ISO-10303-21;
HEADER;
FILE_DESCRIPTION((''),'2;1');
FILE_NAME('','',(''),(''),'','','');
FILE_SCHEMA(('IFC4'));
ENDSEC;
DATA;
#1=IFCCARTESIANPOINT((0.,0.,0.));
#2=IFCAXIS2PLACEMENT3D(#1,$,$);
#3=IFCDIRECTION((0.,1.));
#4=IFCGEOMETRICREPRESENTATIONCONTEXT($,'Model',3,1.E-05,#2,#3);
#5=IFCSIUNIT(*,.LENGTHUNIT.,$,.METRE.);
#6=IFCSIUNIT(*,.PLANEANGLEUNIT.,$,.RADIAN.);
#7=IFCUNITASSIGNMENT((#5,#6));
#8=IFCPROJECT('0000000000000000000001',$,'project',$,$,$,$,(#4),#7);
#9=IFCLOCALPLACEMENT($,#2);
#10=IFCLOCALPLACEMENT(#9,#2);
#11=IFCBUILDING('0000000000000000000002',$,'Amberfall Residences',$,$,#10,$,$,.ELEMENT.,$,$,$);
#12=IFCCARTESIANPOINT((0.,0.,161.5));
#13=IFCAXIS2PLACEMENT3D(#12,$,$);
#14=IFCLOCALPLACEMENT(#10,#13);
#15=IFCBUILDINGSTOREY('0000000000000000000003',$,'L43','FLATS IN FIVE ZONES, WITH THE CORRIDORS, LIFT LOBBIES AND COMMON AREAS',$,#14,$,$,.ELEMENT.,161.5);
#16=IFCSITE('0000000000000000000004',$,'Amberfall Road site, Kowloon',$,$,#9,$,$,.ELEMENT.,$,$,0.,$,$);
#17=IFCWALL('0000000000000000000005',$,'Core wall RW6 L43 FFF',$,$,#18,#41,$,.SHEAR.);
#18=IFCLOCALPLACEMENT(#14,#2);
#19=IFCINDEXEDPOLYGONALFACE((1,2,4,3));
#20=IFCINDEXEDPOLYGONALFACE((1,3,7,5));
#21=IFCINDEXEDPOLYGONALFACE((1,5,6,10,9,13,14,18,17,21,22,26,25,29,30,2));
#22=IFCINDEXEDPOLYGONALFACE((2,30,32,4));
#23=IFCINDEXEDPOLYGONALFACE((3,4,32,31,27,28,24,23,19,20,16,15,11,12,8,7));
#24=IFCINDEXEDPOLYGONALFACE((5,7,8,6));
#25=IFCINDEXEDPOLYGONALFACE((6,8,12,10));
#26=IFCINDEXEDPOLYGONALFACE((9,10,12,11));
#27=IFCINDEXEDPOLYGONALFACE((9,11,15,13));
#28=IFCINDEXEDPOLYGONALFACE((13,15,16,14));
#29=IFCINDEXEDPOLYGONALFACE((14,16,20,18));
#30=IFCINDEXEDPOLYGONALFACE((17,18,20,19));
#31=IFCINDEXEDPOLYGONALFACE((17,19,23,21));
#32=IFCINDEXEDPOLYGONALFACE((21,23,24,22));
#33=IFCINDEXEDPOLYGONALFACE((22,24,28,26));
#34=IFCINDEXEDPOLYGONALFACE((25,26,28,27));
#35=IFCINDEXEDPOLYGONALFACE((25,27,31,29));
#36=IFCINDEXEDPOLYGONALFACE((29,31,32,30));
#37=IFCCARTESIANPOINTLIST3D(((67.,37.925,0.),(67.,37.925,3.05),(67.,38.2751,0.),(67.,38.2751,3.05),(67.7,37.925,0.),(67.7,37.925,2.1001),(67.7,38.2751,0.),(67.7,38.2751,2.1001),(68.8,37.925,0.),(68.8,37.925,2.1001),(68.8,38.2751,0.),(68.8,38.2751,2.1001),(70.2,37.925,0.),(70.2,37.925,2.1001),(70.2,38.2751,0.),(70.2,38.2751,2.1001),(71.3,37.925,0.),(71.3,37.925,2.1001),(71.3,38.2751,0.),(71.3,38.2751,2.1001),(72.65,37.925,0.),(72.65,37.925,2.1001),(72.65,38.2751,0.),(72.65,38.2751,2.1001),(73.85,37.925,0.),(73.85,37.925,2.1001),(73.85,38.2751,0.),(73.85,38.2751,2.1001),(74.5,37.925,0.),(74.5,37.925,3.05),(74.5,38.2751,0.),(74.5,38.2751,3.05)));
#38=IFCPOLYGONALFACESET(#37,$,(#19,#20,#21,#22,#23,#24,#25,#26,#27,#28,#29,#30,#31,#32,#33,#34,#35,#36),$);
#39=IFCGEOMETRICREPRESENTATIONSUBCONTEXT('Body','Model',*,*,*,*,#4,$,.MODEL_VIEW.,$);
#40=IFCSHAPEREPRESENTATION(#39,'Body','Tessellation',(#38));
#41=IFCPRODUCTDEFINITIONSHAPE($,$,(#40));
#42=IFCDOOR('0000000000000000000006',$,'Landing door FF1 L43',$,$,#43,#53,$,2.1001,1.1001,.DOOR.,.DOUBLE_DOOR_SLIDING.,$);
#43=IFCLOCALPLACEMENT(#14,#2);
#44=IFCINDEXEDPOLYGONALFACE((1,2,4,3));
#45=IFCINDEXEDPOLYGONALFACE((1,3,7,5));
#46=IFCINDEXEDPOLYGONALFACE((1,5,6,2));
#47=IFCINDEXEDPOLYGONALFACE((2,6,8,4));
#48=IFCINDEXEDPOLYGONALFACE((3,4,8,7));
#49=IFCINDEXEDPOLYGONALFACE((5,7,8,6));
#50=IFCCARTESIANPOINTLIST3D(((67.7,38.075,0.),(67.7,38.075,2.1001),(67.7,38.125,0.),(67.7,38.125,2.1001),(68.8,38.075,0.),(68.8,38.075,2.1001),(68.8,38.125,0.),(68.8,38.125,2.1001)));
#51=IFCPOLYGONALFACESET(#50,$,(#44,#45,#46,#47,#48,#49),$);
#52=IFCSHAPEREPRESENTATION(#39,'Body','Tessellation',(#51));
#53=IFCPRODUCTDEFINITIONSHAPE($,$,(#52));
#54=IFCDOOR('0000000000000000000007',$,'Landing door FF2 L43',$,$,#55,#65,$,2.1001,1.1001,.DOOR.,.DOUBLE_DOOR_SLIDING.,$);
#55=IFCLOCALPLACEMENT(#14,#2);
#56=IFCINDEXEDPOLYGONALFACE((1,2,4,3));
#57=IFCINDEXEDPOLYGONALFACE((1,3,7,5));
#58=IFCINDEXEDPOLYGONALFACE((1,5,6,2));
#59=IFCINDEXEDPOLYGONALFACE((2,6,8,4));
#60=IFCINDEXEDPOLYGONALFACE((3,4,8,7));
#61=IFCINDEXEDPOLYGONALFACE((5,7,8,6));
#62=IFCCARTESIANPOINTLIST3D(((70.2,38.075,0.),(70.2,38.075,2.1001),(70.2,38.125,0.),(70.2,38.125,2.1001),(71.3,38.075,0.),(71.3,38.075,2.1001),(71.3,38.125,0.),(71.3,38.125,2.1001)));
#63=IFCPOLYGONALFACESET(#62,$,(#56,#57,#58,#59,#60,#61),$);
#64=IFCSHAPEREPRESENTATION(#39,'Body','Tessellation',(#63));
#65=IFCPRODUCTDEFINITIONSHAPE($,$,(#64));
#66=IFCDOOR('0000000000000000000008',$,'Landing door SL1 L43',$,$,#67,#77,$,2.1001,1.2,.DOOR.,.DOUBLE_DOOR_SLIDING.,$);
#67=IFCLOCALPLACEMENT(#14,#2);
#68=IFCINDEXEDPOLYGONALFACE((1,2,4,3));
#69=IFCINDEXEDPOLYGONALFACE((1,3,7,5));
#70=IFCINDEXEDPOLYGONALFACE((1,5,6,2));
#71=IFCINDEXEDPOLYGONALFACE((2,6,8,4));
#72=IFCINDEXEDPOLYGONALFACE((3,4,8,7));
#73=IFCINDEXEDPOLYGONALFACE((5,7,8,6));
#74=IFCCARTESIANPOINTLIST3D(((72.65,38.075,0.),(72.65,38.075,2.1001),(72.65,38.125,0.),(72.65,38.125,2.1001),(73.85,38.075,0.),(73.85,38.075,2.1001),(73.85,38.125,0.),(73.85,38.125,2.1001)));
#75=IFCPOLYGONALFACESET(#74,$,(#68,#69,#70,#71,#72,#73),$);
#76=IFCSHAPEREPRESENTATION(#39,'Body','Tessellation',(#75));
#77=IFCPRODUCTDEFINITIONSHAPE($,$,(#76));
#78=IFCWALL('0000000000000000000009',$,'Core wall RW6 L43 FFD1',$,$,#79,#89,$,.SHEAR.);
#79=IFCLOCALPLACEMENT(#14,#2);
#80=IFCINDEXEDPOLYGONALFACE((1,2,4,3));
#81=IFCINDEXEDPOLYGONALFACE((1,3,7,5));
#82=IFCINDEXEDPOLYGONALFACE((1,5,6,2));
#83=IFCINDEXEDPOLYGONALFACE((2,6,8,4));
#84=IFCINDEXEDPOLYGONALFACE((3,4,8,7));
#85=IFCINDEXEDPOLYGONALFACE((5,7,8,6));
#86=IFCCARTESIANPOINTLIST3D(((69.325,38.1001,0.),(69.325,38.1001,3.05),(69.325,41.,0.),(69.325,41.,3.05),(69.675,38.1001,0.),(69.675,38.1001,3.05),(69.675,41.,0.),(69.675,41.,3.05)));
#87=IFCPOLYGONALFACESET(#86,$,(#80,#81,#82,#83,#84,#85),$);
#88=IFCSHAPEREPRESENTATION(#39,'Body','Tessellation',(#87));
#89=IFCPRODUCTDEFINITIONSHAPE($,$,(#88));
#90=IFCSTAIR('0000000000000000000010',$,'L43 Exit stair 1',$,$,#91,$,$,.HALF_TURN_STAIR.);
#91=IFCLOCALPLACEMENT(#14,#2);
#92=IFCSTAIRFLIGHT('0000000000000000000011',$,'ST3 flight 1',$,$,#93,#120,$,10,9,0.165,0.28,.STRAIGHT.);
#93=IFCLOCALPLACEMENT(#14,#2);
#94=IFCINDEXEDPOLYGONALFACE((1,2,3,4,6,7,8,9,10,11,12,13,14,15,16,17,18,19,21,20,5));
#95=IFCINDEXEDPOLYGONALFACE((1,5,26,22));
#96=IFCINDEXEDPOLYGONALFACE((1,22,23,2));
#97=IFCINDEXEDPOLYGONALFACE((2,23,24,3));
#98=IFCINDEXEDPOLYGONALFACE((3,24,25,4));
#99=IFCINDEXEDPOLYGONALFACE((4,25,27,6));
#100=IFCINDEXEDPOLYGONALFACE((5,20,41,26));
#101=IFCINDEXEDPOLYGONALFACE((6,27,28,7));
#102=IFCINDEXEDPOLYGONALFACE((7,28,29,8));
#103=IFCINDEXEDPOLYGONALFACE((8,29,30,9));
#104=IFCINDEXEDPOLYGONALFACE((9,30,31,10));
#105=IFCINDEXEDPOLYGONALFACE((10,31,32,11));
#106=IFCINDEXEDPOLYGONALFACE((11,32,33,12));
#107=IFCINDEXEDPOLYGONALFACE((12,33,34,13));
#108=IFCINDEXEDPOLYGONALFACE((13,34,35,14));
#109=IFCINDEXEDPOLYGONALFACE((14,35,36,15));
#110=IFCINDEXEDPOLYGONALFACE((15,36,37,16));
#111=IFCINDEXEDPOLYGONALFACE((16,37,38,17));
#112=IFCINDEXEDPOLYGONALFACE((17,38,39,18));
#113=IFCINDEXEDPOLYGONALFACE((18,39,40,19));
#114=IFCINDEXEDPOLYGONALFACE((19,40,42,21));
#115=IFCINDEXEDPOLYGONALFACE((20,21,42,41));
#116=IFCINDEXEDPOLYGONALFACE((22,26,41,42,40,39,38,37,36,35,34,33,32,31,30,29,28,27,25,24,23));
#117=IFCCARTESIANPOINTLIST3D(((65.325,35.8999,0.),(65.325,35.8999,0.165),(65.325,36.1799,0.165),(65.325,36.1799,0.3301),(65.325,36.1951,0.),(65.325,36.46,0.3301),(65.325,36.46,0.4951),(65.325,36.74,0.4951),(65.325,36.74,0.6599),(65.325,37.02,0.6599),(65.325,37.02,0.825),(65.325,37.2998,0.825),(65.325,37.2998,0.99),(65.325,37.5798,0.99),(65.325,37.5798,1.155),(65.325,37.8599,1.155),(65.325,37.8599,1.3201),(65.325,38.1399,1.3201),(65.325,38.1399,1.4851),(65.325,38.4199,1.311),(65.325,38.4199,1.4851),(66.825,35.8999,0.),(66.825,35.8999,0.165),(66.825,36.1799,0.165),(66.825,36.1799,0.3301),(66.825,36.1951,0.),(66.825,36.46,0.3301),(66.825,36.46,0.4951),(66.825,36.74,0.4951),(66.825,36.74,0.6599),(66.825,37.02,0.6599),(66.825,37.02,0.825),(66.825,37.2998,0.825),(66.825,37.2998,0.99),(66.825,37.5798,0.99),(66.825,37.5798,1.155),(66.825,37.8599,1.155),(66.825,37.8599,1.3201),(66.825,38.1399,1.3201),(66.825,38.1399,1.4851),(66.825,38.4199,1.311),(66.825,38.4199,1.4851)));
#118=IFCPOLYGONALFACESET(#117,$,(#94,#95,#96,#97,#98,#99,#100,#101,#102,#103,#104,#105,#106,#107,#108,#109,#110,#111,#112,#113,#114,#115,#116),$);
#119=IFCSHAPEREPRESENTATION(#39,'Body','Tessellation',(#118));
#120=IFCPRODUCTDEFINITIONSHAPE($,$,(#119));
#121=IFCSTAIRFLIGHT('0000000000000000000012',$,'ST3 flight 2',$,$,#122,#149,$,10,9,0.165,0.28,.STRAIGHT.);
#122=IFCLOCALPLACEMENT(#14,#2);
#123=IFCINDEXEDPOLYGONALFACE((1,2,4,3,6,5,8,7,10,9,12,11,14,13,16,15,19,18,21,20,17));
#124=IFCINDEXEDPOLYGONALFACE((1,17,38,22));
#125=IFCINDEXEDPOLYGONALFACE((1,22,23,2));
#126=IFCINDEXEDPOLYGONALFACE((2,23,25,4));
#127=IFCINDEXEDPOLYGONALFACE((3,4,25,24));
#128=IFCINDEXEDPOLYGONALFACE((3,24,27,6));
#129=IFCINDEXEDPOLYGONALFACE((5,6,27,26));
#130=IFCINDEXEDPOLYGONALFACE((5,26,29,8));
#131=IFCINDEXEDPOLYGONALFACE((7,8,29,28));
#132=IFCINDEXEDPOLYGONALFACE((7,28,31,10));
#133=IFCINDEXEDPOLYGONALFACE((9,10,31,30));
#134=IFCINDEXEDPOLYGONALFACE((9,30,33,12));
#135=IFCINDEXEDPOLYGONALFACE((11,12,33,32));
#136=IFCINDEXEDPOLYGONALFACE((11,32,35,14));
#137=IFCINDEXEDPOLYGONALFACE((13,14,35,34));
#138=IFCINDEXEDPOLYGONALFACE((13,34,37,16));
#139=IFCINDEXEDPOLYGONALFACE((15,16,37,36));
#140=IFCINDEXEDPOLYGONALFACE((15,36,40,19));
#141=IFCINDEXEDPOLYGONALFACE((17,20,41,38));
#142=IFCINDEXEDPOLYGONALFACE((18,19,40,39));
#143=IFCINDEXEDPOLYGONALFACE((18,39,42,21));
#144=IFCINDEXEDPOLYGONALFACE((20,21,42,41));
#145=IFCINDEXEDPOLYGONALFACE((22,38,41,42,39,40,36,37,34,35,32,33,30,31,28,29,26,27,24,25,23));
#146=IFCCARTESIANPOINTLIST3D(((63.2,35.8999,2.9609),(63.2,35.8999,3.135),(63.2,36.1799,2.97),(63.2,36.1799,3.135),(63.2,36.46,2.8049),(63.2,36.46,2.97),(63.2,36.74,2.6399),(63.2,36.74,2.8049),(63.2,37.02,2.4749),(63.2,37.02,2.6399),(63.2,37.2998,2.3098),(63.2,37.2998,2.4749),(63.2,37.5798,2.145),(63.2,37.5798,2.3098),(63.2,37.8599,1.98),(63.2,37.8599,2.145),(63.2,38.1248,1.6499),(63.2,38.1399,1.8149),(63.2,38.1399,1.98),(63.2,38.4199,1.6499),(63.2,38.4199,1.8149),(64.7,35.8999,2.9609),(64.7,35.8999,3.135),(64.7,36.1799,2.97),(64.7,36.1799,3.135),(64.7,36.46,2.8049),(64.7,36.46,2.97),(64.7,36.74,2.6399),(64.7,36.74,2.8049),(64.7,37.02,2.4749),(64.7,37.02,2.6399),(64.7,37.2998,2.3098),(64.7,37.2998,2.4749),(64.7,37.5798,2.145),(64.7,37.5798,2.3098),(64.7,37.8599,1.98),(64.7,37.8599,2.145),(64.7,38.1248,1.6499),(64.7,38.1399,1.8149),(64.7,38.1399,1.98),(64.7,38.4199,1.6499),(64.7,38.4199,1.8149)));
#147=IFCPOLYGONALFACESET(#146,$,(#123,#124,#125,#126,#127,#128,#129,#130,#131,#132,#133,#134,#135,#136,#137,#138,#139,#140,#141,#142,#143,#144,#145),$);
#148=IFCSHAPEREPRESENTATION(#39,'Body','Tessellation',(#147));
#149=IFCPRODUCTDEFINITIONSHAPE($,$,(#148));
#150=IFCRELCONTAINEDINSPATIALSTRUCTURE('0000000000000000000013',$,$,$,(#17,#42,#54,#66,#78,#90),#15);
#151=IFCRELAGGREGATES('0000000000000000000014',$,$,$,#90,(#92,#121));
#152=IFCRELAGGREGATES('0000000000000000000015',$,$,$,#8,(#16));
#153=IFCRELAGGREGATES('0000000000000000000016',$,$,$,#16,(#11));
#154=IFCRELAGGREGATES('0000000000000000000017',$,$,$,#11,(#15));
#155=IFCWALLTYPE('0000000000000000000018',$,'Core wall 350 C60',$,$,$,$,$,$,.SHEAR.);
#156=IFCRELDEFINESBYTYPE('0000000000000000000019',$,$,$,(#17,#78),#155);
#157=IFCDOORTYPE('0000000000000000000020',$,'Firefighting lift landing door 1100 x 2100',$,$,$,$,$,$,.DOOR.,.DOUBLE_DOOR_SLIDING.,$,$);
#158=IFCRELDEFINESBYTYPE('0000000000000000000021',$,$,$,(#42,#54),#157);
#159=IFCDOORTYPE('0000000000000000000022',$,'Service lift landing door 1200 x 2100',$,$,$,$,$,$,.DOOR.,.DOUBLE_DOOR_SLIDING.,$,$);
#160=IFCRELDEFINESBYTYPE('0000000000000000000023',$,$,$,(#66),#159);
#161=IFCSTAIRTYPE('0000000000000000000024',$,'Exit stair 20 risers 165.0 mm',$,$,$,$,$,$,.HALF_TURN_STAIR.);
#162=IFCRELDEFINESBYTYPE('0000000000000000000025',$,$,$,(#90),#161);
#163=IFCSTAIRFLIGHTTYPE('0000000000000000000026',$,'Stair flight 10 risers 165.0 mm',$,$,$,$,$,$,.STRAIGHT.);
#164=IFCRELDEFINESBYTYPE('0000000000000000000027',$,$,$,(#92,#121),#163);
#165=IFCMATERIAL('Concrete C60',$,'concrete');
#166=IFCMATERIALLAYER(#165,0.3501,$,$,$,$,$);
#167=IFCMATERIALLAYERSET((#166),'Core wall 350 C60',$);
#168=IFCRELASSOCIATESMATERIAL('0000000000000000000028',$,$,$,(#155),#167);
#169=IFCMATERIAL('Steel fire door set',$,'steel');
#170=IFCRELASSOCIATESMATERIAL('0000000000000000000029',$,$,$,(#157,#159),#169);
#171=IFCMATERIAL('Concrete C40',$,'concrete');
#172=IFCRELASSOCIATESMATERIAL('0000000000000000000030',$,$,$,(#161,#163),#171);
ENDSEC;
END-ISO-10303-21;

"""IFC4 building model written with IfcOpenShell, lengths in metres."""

from ifc_helpers import new_model, si_unit, direction, frame, frame_2d, origin, place, context, subcontext, project, spatial, polyline, rectangle, outline, extrude, material, layer, layer_set, type_object, element, fill, aggregate, save


model = new_model("IFC4")

# Units and contexts
model_context = context("Model", 3, precision=1e-05, world=origin(), true_north=direction((0.0, 1.0)))
body_context = subcontext(model_context, "Body", "Model", "MODEL_VIEW")
ifc_project = project(units=[si_unit("LENGTHUNIT", "METRE"), si_unit("PLANEANGLEUNIT", "RADIAN")], contexts=[model_context])

# Site, building, storey
site_placement = place(None, origin())
site = spatial("IfcSite", under=ifc_project, at=site_placement, Name="Amberfall Road site, Kowloon", CompositionType="ELEMENT", RefElevation=0.0)
building_placement = place(site_placement, origin())
building = spatial("IfcBuilding", under=site, at=building_placement, Name="Amberfall Residences", CompositionType="ELEMENT")
storey_placement = place(building_placement, frame((0.0, 0.0, 161.5)))
storey = spatial("IfcBuildingStorey", under=building, at=storey_placement, Name="L43", Description="FLATS IN FIVE ZONES, WITH THE CORRIDORS, LIFT LOBBIES AND COMMON AREAS", CompositionType="ELEMENT", Elevation=161.5)

# Wall, openings, doors
ifc_material_1 = material(Name="Concrete C60", Category="concrete")
ifc_layer = layer(ifc_material_1, 0.3501)
ifc_layer_set = layer_set([ifc_layer], Name="Core wall 350 C60")
wall_type = type_object("IfcWallType", Name="Core wall 350 C60", PredefinedType="SHEAR", material=ifc_layer_set)
wall_1_placement = place(storey_placement, frame((67.0, 38.1001, 0.0), z_axis=(0.0, 0.0, 1.0), x_axis=(1.0, 0.0, 0.0)))
wall_1 = element("IfcWall", 1, at=wall_1_placement, inside=storey, type_object=wall_type, Name="Core wall RW6 L43 FFF", PredefinedType="SHEAR", context=body_context, shape_type="SweptSolid", body=[
    extrude(rectangle(XDim=7.5, YDim=0.3501, at=frame_2d((3.75, 0.0))), origin(), (0.0, 0.0, 1.0), 3.05),
])
opening_1_placement = place(wall_1_placement, frame((0.7, 0.0, 0.0)))
opening_1 = element("IfcOpeningElement", 2, at=opening_1_placement, cuts=wall_1, PredefinedType="OPENING", context=body_context, shape_type="SweptSolid", body=[
    extrude(rectangle(XDim=1.1001, YDim=2.1001, at=frame_2d((0.55, 1.05))), frame((0.0, 0.1851, 0.0), z_axis=(0.0, -1.0, 0.0), x_axis=(1.0, 0.0, 0.0)), (0.0, 0.0, 1.0), 0.3701),
])
opening_2_placement = place(wall_1_placement, frame((3.2, 0.0, 0.0)))
opening_2 = element("IfcOpeningElement", 3, at=opening_2_placement, cuts=wall_1, PredefinedType="OPENING", context=body_context, shape_type="SweptSolid", body=[
    extrude(rectangle(XDim=1.1001, YDim=2.1001, at=frame_2d((0.55, 1.05))), frame((0.0, 0.1851, 0.0), z_axis=(0.0, -1.0, 0.0), x_axis=(1.0, 0.0, 0.0)), (0.0, 0.0, 1.0), 0.3701),
])
opening_3_placement = place(wall_1_placement, frame((5.6499, 0.0, 0.0)))
opening_3 = element("IfcOpeningElement", 4, at=opening_3_placement, cuts=wall_1, PredefinedType="OPENING", context=body_context, shape_type="SweptSolid", body=[
    extrude(rectangle(XDim=1.2, YDim=2.1001, at=frame_2d((0.6001, 1.05))), frame((0.0, 0.1851, 0.0), z_axis=(0.0, -1.0, 0.0), x_axis=(1.0, 0.0, 0.0)), (0.0, 0.0, 1.0), 0.3701),
])
ifc_material_2 = material(Name="Steel fire door set", Category="steel")
door_type_1 = type_object("IfcDoorType", Name="Firefighting lift landing door 1100 x 2100", OperationType="DOUBLE_DOOR_SLIDING", PredefinedType="DOOR", material=ifc_material_2)
door_1_placement = place(opening_1_placement, origin())
door_1 = element("IfcDoor", 5, at=door_1_placement, inside=storey, type_object=door_type_1, Name="Landing door FF1 L43", OperationType="DOUBLE_DOOR_SLIDING", OverallHeight=2.1001, OverallWidth=1.1001, PredefinedType="DOOR", context=body_context, shape_type="SweptSolid", body=[
    extrude(rectangle(XDim=1.1001, YDim=2.1001, at=frame_2d((0.55, 1.05))), frame((0.0, 0.0249, 0.0), z_axis=(0.0, -1.0, 0.0), x_axis=(1.0, 0.0, 0.0)), (0.0, 0.0, 1.0), 0.05),
])
fill(opening_1, door_1)
door_2_placement = place(opening_2_placement, origin())
door_2 = element("IfcDoor", 6, at=door_2_placement, inside=storey, type_object=door_type_1, Name="Landing door FF2 L43", OperationType="DOUBLE_DOOR_SLIDING", OverallHeight=2.1001, OverallWidth=1.1001, PredefinedType="DOOR", context=body_context, shape_type="SweptSolid", body=[
    extrude(rectangle(XDim=1.1001, YDim=2.1001, at=frame_2d((0.55, 1.05))), frame((0.0, 0.0249, 0.0), z_axis=(0.0, -1.0, 0.0), x_axis=(1.0, 0.0, 0.0)), (0.0, 0.0, 1.0), 0.05),
])
fill(opening_2, door_2)
door_type_2 = type_object("IfcDoorType", Name="Service lift landing door 1200 x 2100", OperationType="DOUBLE_DOOR_SLIDING", PredefinedType="DOOR", material=ifc_material_2)
door_3_placement = place(opening_3_placement, origin())
door_3 = element("IfcDoor", 7, at=door_3_placement, inside=storey, type_object=door_type_2, Name="Landing door SL1 L43", OperationType="DOUBLE_DOOR_SLIDING", OverallHeight=2.1001, OverallWidth=1.2, PredefinedType="DOOR", context=body_context, shape_type="SweptSolid", body=[
    extrude(rectangle(XDim=1.2, YDim=2.1001, at=frame_2d((0.6001, 1.05))), frame((0.0, 0.0249, 0.0), z_axis=(0.0, -1.0, 0.0), x_axis=(1.0, 0.0, 0.0)), (0.0, 0.0, 1.0), 0.05),
])
fill(opening_3, door_3)

# Wall
wall_2_placement = place(storey_placement, frame((69.5, 38.1001, 0.0), z_axis=(0.0, 0.0, 1.0), x_axis=(0.0, 1.0, 0.0)))
element("IfcWall", 8, at=wall_2_placement, inside=storey, type_object=wall_type, Name="Core wall RW6 L43 FFD1", PredefinedType="SHEAR", context=body_context, shape_type="SweptSolid", body=[
    extrude(rectangle(XDim=2.8999, YDim=0.3501, at=frame_2d((1.45, 0.0))), origin(), (0.0, 0.0, 1.0), 3.05),
])

# Stair, stair flights
ifc_material_3 = material(Name="Concrete C40", Category="concrete")
stair_type = type_object("IfcStairType", Name="Exit stair 20 risers 165.0 mm", PredefinedType="HALF_TURN_STAIR", material=ifc_material_3)
stair_placement = place(storey_placement, origin())
stair = element("IfcStair", 9, at=stair_placement, inside=storey, type_object=stair_type, Name="L43 Exit stair 1", PredefinedType="HALF_TURN_STAIR")
stair_flight_type = type_object("IfcStairFlightType", Name="Stair flight 10 risers 165.0 mm", PredefinedType="STRAIGHT", material=ifc_material_3)
stair_flight_1_placement = place(storey_placement, frame((66.075, 35.8999, 0.0), z_axis=(0.0, 0.0, 1.0), x_axis=(0.0, 1.0, 0.0)))
stair_flight_1 = element("IfcStairFlight", 10, at=stair_flight_1_placement, type_object=stair_flight_type, Name="ST3 flight 1", NumberOfRisers=10, NumberOfTreads=9, PredefinedType="STRAIGHT", RiserHeight=0.165, TreadLength=0.28, context=body_context, shape_type="SweptSolid", body=[
    extrude(outline(polyline([(0.0, 0.0), (0.0, 0.165), (0.28, 0.165), (0.28, 0.3301), (0.5601, 0.3301), (0.5601, 0.4951), (0.8401, 0.4951), (0.8401, 0.6599), (1.1201, 0.6599), (1.1201, 0.825), (1.3999, 0.825), (1.3999, 0.99), (1.6799, 0.99), (1.6799, 1.155), (1.96, 1.155), (1.96, 1.3201), (2.24, 1.3201), (2.24, 1.4851), (2.52, 1.4851), (2.52, 1.6499), (2.52, 1.311), (0.2952, 0.0), (0.0, 0.0)])), frame((0.0, 0.75, 0.0), z_axis=(0.0, -1.0, 0.0), x_axis=(1.0, 0.0, 0.0)), (0.0, 0.0, 1.0), 1.5),
])
stair_flight_2_placement = place(storey_placement, frame((63.95, 38.4199, 1.6499), z_axis=(0.0, 0.0, 1.0), x_axis=(0.0, -1.0, 0.0)))
stair_flight_2 = element("IfcStairFlight", 11, at=stair_flight_2_placement, type_object=stair_flight_type, Name="ST3 flight 2", NumberOfRisers=10, NumberOfTreads=9, PredefinedType="STRAIGHT", RiserHeight=0.165, TreadLength=0.28, context=body_context, shape_type="SweptSolid", body=[
    extrude(outline(polyline([(0.0, 0.0), (0.0, 0.165), (0.28, 0.165), (0.28, 0.3301), (0.5601, 0.3301), (0.5601, 0.4951), (0.8401, 0.4951), (0.8401, 0.6599), (1.1201, 0.6599), (1.1201, 0.825), (1.3999, 0.825), (1.3999, 0.99), (1.6799, 0.99), (1.6799, 1.155), (1.96, 1.155), (1.96, 1.3201), (2.24, 1.3201), (2.24, 1.4851), (2.52, 1.4851), (2.52, 1.6499), (2.52, 1.311), (0.2952, 0.0), (0.0, 0.0)])), frame((0.0, 0.75, 0.0), z_axis=(0.0, -1.0, 0.0), x_axis=(1.0, 0.0, 0.0)), (0.0, 0.0, 1.0), 1.5),
])
aggregate(stair, [stair_flight_1, stair_flight_2])

save(model, "model.ifc")
